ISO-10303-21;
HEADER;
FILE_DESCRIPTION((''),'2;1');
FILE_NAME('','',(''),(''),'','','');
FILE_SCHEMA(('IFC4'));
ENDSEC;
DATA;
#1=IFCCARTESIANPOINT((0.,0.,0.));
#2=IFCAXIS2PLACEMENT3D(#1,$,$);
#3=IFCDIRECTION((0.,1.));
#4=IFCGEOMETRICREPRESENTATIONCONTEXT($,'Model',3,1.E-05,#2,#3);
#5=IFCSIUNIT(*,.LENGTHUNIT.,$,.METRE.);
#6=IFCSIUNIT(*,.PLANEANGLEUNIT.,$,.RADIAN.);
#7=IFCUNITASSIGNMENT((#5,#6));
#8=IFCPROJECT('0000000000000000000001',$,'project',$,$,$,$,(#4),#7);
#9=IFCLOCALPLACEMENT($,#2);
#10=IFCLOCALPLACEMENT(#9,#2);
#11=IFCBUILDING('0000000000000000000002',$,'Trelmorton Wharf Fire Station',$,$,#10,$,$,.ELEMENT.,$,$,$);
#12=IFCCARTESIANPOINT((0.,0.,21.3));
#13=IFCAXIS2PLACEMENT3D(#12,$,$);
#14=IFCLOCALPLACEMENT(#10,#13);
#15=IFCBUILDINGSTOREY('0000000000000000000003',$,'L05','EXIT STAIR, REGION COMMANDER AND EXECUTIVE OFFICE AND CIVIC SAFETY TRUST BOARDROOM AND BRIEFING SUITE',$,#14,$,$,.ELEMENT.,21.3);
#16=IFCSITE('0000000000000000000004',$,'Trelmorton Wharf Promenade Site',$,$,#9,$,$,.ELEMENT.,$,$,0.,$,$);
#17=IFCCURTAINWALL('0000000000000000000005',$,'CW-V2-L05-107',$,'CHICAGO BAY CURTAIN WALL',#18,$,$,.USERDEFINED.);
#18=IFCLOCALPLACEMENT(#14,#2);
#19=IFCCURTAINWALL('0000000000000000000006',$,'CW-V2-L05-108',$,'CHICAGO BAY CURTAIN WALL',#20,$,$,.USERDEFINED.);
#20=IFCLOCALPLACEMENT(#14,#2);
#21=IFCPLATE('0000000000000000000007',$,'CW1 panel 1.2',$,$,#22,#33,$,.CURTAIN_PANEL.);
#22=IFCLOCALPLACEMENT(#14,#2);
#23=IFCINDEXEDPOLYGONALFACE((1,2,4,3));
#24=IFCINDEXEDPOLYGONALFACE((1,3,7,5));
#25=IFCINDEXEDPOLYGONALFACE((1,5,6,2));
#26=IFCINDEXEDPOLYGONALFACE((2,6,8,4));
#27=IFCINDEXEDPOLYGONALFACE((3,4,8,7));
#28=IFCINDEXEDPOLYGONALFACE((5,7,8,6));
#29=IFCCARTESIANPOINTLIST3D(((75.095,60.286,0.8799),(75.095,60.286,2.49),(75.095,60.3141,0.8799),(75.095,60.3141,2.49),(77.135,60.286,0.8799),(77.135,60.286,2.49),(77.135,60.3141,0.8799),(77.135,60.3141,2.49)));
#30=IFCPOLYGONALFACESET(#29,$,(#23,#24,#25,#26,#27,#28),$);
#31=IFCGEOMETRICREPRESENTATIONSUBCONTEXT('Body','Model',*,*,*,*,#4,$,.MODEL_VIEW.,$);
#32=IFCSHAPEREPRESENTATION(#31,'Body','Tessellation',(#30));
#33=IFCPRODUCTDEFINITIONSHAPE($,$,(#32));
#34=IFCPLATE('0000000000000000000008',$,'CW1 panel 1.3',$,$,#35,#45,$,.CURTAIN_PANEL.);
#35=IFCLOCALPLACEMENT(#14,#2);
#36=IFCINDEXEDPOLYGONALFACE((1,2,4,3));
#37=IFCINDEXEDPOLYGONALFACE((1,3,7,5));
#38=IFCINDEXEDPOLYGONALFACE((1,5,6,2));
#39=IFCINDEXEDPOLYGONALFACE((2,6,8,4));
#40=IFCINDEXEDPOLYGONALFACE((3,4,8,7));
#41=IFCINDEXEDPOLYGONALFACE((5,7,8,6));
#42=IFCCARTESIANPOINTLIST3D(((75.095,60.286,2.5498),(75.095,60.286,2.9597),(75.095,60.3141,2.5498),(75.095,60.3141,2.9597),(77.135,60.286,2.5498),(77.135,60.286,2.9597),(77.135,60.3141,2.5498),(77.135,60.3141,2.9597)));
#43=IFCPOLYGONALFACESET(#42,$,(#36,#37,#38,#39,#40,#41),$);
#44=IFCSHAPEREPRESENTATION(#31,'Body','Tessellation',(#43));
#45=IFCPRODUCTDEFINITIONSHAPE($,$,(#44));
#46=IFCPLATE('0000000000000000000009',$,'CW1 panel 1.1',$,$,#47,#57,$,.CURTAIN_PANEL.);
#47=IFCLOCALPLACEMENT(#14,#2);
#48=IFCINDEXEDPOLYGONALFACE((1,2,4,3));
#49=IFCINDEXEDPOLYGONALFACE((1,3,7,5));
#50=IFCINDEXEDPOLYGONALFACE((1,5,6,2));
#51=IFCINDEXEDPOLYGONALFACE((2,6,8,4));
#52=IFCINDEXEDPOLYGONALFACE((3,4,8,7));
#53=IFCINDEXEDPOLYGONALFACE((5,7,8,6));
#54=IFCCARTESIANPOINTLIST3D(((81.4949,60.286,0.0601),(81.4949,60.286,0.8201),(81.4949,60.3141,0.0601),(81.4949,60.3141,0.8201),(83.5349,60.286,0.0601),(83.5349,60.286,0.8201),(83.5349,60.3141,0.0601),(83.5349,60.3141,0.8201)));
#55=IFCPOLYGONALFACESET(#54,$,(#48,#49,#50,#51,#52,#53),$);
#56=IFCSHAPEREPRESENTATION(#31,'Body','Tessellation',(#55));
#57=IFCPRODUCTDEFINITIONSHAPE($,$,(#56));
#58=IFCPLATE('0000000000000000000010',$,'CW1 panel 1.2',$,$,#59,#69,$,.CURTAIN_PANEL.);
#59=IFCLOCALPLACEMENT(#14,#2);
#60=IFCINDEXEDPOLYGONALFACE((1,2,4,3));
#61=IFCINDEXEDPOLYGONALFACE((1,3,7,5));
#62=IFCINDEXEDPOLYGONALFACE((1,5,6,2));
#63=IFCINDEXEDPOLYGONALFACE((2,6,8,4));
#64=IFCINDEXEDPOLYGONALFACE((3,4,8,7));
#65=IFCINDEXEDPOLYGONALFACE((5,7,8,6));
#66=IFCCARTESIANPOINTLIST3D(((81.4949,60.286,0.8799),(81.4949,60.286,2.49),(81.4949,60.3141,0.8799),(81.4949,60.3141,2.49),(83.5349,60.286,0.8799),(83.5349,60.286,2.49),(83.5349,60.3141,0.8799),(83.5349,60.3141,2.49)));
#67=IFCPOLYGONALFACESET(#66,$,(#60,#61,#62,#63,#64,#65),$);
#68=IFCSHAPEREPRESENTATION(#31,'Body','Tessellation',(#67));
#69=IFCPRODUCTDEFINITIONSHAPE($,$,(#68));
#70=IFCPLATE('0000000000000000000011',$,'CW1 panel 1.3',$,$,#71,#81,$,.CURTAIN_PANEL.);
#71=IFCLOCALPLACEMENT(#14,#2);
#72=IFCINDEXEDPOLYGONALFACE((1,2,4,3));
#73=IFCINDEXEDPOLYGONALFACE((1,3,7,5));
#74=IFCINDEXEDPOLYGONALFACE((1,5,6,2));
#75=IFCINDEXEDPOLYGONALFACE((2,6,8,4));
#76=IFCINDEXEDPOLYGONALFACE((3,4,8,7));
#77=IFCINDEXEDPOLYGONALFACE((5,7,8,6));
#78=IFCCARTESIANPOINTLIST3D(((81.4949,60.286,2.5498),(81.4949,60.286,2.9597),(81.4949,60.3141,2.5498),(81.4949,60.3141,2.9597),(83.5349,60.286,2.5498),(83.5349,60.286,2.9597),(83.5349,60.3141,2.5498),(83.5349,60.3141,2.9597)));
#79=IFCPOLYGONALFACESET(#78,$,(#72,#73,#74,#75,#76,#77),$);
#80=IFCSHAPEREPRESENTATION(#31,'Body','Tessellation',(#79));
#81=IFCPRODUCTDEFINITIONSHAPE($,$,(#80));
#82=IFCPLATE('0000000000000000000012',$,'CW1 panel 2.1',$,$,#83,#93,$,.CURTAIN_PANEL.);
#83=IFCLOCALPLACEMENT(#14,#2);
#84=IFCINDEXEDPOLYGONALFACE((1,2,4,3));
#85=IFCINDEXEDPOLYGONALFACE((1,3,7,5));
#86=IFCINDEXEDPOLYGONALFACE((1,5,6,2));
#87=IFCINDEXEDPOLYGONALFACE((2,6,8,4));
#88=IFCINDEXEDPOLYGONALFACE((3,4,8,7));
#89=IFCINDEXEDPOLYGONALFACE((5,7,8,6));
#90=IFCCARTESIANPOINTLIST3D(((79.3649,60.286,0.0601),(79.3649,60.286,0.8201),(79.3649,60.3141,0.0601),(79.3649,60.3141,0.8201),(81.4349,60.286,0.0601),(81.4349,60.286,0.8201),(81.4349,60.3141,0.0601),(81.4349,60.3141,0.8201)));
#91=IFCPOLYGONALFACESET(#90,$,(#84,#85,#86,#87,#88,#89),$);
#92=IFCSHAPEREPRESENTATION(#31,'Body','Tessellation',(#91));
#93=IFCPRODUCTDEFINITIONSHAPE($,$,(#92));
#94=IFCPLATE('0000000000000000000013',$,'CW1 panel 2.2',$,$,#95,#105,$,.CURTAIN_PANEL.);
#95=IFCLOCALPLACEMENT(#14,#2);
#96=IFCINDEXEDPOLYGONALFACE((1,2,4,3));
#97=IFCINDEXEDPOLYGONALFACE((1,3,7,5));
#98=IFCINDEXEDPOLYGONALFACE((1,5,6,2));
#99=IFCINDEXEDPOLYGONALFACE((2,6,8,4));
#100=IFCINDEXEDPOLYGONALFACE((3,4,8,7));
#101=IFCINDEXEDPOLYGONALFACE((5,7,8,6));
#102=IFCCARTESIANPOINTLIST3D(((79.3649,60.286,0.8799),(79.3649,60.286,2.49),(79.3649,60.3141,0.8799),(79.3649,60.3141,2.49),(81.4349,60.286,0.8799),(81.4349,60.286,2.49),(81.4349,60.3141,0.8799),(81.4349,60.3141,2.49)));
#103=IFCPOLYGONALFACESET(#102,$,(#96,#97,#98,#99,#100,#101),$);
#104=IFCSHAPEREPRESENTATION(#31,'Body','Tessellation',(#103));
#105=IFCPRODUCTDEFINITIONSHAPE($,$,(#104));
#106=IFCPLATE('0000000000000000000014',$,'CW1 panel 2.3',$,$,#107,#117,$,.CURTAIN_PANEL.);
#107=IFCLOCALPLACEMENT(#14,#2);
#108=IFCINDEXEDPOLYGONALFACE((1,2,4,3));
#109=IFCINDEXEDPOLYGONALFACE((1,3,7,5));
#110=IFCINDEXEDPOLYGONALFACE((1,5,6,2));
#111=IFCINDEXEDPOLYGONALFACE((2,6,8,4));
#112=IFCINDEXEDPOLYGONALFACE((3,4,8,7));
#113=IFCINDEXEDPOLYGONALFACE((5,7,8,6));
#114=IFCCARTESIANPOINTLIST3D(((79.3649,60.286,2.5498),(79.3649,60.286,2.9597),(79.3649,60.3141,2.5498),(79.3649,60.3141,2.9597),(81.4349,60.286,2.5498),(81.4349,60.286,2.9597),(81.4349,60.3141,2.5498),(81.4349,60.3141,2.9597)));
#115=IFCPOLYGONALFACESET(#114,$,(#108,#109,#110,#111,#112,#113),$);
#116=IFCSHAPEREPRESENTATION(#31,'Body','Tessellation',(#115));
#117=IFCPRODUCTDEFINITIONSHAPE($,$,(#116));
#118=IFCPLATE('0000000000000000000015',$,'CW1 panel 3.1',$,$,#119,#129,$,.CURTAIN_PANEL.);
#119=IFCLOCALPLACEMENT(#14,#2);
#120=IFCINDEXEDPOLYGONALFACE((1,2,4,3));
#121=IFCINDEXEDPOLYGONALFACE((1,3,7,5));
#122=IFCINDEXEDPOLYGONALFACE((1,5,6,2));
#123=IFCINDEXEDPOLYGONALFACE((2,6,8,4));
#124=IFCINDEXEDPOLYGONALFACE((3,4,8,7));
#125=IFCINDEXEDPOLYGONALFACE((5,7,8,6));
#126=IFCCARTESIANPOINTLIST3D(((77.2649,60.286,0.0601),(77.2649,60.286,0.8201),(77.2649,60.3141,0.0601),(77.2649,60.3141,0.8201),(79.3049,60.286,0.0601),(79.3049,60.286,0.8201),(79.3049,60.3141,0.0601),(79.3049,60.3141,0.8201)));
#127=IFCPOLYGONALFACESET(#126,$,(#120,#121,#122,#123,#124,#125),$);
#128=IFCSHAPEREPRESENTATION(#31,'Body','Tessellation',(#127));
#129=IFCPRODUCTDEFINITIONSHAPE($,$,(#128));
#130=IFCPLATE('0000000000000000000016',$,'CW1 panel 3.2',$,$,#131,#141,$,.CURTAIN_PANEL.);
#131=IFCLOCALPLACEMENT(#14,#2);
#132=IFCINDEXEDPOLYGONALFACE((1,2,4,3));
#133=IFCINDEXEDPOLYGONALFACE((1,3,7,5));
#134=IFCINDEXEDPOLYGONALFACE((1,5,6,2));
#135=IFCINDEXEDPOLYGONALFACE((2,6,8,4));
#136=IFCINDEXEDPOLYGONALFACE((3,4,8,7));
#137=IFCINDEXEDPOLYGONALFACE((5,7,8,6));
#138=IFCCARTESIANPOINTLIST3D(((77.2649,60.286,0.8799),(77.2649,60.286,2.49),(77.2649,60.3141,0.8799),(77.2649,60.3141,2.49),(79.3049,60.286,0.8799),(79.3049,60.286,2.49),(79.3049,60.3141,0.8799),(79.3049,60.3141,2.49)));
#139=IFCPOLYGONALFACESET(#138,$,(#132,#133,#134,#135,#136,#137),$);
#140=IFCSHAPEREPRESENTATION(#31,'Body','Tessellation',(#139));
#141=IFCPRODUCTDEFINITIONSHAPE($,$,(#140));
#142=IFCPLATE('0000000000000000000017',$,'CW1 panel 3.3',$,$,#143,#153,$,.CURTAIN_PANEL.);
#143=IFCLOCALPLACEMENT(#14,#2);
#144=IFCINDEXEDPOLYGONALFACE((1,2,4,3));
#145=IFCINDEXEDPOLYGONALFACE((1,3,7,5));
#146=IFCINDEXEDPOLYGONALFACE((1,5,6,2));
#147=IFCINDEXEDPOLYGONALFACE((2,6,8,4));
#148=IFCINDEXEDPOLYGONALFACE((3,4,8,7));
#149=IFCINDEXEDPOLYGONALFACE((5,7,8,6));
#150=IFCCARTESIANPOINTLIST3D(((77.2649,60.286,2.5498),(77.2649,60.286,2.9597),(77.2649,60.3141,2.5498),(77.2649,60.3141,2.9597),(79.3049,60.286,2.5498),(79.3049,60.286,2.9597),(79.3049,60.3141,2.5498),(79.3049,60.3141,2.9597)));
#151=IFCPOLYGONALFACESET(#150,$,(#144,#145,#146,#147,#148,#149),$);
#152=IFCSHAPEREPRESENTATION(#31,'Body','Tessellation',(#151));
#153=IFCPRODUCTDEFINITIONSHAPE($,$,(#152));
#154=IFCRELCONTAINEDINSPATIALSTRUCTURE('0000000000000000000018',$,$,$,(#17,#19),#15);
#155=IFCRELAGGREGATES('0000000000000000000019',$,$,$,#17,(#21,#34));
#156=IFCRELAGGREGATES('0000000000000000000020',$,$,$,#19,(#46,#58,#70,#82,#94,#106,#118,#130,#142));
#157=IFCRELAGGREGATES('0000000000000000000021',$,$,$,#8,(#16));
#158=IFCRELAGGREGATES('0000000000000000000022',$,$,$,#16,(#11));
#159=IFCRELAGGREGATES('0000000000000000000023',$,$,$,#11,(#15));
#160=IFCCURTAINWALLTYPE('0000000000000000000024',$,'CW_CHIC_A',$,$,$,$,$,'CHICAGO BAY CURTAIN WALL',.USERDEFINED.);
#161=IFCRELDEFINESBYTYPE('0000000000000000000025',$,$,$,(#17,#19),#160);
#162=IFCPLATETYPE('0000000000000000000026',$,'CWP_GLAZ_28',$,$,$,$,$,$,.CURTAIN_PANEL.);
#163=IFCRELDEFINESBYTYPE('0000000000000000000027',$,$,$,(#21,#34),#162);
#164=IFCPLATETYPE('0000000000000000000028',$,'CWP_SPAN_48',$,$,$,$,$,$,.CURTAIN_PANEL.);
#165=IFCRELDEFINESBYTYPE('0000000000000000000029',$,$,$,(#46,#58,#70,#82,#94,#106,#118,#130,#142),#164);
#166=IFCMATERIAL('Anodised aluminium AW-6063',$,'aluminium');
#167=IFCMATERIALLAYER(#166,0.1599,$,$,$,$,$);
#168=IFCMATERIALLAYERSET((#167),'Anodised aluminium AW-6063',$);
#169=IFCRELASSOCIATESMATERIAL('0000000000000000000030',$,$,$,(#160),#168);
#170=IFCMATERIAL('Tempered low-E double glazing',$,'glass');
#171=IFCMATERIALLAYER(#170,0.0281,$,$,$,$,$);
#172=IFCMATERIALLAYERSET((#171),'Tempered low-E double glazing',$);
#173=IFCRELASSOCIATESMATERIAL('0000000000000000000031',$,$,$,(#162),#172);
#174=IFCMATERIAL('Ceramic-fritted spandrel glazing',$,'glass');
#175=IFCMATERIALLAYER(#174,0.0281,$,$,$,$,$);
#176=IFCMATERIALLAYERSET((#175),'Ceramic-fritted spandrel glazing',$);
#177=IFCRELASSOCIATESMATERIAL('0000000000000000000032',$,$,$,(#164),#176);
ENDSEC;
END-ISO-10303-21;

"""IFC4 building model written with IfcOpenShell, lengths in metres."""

from ifc_helpers import new_model, si_unit, direction, frame, origin, origin_2d, place, context, subcontext, project, spatial, rectangle, extrude, material, layer, layer_set, type_object, element, aggregate, save


model = new_model("IFC4")

# Units and contexts
model_context = context("Model", 3, precision=1e-05, world=origin(), true_north=direction((0.0, 1.0)))
body_context = subcontext(model_context, "Body", "Model", "MODEL_VIEW")
ifc_project = project(units=[si_unit("LENGTHUNIT", "METRE"), si_unit("PLANEANGLEUNIT", "RADIAN")], contexts=[model_context])

# Site, building, storey
site_placement = place(None, origin())
site = spatial("IfcSite", under=ifc_project, at=site_placement, Name="Trelmorton Wharf Promenade Site", CompositionType="ELEMENT", RefElevation=0.0)
building_placement = place(site_placement, origin())
building = spatial("IfcBuilding", under=site, at=building_placement, Name="Trelmorton Wharf Fire Station", CompositionType="ELEMENT")
storey_placement = place(building_placement, frame((0.0, 0.0, 21.3)))
storey = spatial("IfcBuildingStorey", under=building, at=storey_placement, Name="L05", Description="EXIT STAIR, REGION COMMANDER AND EXECUTIVE OFFICE AND CIVIC SAFETY TRUST BOARDROOM AND BRIEFING SUITE", CompositionType="ELEMENT", Elevation=21.3)

# Curtain walls
ifc_material_1 = material(Name="Anodised aluminium AW-6063", Category="aluminium")
ifc_layer_1 = layer(ifc_material_1, 0.1599)
ifc_layer_set_1 = layer_set([ifc_layer_1], Name="Anodised aluminium AW-6063")
curtain_wall_type = type_object("IfcCurtainWallType", Name="CW_CHIC_A", ElementType="CHICAGO BAY CURTAIN WALL", PredefinedType="USERDEFINED", material=ifc_layer_set_1)
curtain_wall_1_placement = place(storey_placement, origin())
curtain_wall_1 = element("IfcCurtainWall", 1, at=curtain_wall_1_placement, inside=storey, type_object=curtain_wall_type, Name="CW-V2-L05-107", ObjectType="CHICAGO BAY CURTAIN WALL", PredefinedType="USERDEFINED")
curtain_wall_2_placement = place(storey_placement, origin())
curtain_wall_2 = element("IfcCurtainWall", 2, at=curtain_wall_2_placement, inside=storey, type_object=curtain_wall_type, Name="CW-V2-L05-108", ObjectType="CHICAGO BAY CURTAIN WALL", PredefinedType="USERDEFINED")

# Plates
ifc_material_2 = material(Name="Tempered low-E double glazing", Category="glass")
ifc_layer_2 = layer(ifc_material_2, 0.0281)
ifc_layer_set_2 = layer_set([ifc_layer_2], Name="Tempered low-E double glazing")
plate_type_1 = type_object("IfcPlateType", Name="CWP_GLAZ_28", PredefinedType="CURTAIN_PANEL", material=ifc_layer_set_2)
plate_1_placement = place(storey_placement, frame((76.115, 60.3, 0.8799), z_axis=(0.0, 0.0, 1.0), x_axis=(-1.0, 0.0, 0.0)))
plate_1 = element("IfcPlate", 3, at=plate_1_placement, type_object=plate_type_1, Name="CW1 panel 1.2", PredefinedType="CURTAIN_PANEL", context=body_context, shape_type="SweptSolid", body=[
    extrude(rectangle(XDim=2.04, YDim=0.0281, at=origin_2d()), origin(), (0.0, 0.0, 1.0), 1.6101),
])
plate_2_placement = place(storey_placement, frame((76.115, 60.3, 2.5498), z_axis=(0.0, 0.0, 1.0), x_axis=(-1.0, 0.0, 0.0)))
plate_2 = element("IfcPlate", 4, at=plate_2_placement, type_object=plate_type_1, Name="CW1 panel 1.3", PredefinedType="CURTAIN_PANEL", context=body_context, shape_type="SweptSolid", body=[
    extrude(rectangle(XDim=2.04, YDim=0.0281, at=origin_2d()), origin(), (0.0, 0.0, 1.0), 0.4099),
])
aggregate(curtain_wall_1, [plate_1, plate_2])
ifc_material_3 = material(Name="Ceramic-fritted spandrel glazing", Category="glass")
ifc_layer_3 = layer(ifc_material_3, 0.0281)
ifc_layer_set_3 = layer_set([ifc_layer_3], Name="Ceramic-fritted spandrel glazing")
plate_type_2 = type_object("IfcPlateType", Name="CWP_SPAN_48", PredefinedType="CURTAIN_PANEL", material=ifc_layer_set_3)
plate_3_placement = place(storey_placement, frame((82.5149, 60.3, 0.0601), z_axis=(0.0, 0.0, 1.0), x_axis=(-1.0, 0.0, 0.0)))
plate_3 = element("IfcPlate", 5, at=plate_3_placement, type_object=plate_type_2, Name="CW1 panel 1.1", PredefinedType="CURTAIN_PANEL", context=body_context, shape_type="SweptSolid", body=[
    extrude(rectangle(XDim=2.04, YDim=0.0281, at=origin_2d()), origin(), (0.0, 0.0, 1.0), 0.76),
])
plate_4_placement = place(storey_placement, frame((82.5149, 60.3, 0.8799), z_axis=(0.0, 0.0, 1.0), x_axis=(-1.0, 0.0, 0.0)))
plate_4 = element("IfcPlate", 6, at=plate_4_placement, type_object=plate_type_2, Name="CW1 panel 1.2", PredefinedType="CURTAIN_PANEL", context=body_context, shape_type="SweptSolid", body=[
    extrude(rectangle(XDim=2.04, YDim=0.0281, at=origin_2d()), origin(), (0.0, 0.0, 1.0), 1.6101),
])
plate_5_placement = place(storey_placement, frame((82.5149, 60.3, 2.5498), z_axis=(0.0, 0.0, 1.0), x_axis=(-1.0, 0.0, 0.0)))
plate_5 = element("IfcPlate", 7, at=plate_5_placement, type_object=plate_type_2, Name="CW1 panel 1.3", PredefinedType="CURTAIN_PANEL", context=body_context, shape_type="SweptSolid", body=[
    extrude(rectangle(XDim=2.04, YDim=0.0281, at=origin_2d()), origin(), (0.0, 0.0, 1.0), 0.4099),
])
plate_6_placement = place(storey_placement, frame((80.3999, 60.3, 0.0601), z_axis=(0.0, 0.0, 1.0), x_axis=(-1.0, 0.0, 0.0)))
plate_6 = element("IfcPlate", 8, at=plate_6_placement, type_object=plate_type_2, Name="CW1 panel 2.1", PredefinedType="CURTAIN_PANEL", context=body_context, shape_type="SweptSolid", body=[
    extrude(rectangle(XDim=2.0701, YDim=0.0281, at=origin_2d()), origin(), (0.0, 0.0, 1.0), 0.76),
])
plate_7_placement = place(storey_placement, frame((80.3999, 60.3, 0.8799), z_axis=(0.0, 0.0, 1.0), x_axis=(-1.0, 0.0, 0.0)))
plate_7 = element("IfcPlate", 9, at=plate_7_placement, type_object=plate_type_2, Name="CW1 panel 2.2", PredefinedType="CURTAIN_PANEL", context=body_context, shape_type="SweptSolid", body=[
    extrude(rectangle(XDim=2.0701, YDim=0.0281, at=origin_2d()), origin(), (0.0, 0.0, 1.0), 1.6101),
])
plate_8_placement = place(storey_placement, frame((80.3999, 60.3, 2.5498), z_axis=(0.0, 0.0, 1.0), x_axis=(-1.0, 0.0, 0.0)))
plate_8 = element("IfcPlate", 10, at=plate_8_placement, type_object=plate_type_2, Name="CW1 panel 2.3", PredefinedType="CURTAIN_PANEL", context=body_context, shape_type="SweptSolid", body=[
    extrude(rectangle(XDim=2.0701, YDim=0.0281, at=origin_2d()), origin(), (0.0, 0.0, 1.0), 0.4099),
])
plate_9_placement = place(storey_placement, frame((78.2849, 60.3, 0.0601), z_axis=(0.0, 0.0, 1.0), x_axis=(-1.0, 0.0, 0.0)))
plate_9 = element("IfcPlate", 11, at=plate_9_placement, type_object=plate_type_2, Name="CW1 panel 3.1", PredefinedType="CURTAIN_PANEL", context=body_context, shape_type="SweptSolid", body=[
    extrude(rectangle(XDim=2.04, YDim=0.0281, at=origin_2d()), origin(), (0.0, 0.0, 1.0), 0.76),
])
plate_10_placement = place(storey_placement, frame((78.2849, 60.3, 0.8799), z_axis=(0.0, 0.0, 1.0), x_axis=(-1.0, 0.0, 0.0)))
plate_10 = element("IfcPlate", 12, at=plate_10_placement, type_object=plate_type_2, Name="CW1 panel 3.2", PredefinedType="CURTAIN_PANEL", context=body_context, shape_type="SweptSolid", body=[
    extrude(rectangle(XDim=2.04, YDim=0.0281, at=origin_2d()), origin(), (0.0, 0.0, 1.0), 1.6101),
])
plate_11_placement = place(storey_placement, frame((78.2849, 60.3, 2.5498), z_axis=(0.0, 0.0, 1.0), x_axis=(-1.0, 0.0, 0.0)))
plate_11 = element("IfcPlate", 13, at=plate_11_placement, type_object=plate_type_2, Name="CW1 panel 3.3", PredefinedType="CURTAIN_PANEL", context=body_context, shape_type="SweptSolid", body=[
    extrude(rectangle(XDim=2.04, YDim=0.0281, at=origin_2d()), origin(), (0.0, 0.0, 1.0), 0.4099),
])
aggregate(curtain_wall_2, [plate_3, plate_4, plate_5, plate_6, plate_7, plate_8, plate_9, plate_10, plate_11])

save(model, "model.ifc")
